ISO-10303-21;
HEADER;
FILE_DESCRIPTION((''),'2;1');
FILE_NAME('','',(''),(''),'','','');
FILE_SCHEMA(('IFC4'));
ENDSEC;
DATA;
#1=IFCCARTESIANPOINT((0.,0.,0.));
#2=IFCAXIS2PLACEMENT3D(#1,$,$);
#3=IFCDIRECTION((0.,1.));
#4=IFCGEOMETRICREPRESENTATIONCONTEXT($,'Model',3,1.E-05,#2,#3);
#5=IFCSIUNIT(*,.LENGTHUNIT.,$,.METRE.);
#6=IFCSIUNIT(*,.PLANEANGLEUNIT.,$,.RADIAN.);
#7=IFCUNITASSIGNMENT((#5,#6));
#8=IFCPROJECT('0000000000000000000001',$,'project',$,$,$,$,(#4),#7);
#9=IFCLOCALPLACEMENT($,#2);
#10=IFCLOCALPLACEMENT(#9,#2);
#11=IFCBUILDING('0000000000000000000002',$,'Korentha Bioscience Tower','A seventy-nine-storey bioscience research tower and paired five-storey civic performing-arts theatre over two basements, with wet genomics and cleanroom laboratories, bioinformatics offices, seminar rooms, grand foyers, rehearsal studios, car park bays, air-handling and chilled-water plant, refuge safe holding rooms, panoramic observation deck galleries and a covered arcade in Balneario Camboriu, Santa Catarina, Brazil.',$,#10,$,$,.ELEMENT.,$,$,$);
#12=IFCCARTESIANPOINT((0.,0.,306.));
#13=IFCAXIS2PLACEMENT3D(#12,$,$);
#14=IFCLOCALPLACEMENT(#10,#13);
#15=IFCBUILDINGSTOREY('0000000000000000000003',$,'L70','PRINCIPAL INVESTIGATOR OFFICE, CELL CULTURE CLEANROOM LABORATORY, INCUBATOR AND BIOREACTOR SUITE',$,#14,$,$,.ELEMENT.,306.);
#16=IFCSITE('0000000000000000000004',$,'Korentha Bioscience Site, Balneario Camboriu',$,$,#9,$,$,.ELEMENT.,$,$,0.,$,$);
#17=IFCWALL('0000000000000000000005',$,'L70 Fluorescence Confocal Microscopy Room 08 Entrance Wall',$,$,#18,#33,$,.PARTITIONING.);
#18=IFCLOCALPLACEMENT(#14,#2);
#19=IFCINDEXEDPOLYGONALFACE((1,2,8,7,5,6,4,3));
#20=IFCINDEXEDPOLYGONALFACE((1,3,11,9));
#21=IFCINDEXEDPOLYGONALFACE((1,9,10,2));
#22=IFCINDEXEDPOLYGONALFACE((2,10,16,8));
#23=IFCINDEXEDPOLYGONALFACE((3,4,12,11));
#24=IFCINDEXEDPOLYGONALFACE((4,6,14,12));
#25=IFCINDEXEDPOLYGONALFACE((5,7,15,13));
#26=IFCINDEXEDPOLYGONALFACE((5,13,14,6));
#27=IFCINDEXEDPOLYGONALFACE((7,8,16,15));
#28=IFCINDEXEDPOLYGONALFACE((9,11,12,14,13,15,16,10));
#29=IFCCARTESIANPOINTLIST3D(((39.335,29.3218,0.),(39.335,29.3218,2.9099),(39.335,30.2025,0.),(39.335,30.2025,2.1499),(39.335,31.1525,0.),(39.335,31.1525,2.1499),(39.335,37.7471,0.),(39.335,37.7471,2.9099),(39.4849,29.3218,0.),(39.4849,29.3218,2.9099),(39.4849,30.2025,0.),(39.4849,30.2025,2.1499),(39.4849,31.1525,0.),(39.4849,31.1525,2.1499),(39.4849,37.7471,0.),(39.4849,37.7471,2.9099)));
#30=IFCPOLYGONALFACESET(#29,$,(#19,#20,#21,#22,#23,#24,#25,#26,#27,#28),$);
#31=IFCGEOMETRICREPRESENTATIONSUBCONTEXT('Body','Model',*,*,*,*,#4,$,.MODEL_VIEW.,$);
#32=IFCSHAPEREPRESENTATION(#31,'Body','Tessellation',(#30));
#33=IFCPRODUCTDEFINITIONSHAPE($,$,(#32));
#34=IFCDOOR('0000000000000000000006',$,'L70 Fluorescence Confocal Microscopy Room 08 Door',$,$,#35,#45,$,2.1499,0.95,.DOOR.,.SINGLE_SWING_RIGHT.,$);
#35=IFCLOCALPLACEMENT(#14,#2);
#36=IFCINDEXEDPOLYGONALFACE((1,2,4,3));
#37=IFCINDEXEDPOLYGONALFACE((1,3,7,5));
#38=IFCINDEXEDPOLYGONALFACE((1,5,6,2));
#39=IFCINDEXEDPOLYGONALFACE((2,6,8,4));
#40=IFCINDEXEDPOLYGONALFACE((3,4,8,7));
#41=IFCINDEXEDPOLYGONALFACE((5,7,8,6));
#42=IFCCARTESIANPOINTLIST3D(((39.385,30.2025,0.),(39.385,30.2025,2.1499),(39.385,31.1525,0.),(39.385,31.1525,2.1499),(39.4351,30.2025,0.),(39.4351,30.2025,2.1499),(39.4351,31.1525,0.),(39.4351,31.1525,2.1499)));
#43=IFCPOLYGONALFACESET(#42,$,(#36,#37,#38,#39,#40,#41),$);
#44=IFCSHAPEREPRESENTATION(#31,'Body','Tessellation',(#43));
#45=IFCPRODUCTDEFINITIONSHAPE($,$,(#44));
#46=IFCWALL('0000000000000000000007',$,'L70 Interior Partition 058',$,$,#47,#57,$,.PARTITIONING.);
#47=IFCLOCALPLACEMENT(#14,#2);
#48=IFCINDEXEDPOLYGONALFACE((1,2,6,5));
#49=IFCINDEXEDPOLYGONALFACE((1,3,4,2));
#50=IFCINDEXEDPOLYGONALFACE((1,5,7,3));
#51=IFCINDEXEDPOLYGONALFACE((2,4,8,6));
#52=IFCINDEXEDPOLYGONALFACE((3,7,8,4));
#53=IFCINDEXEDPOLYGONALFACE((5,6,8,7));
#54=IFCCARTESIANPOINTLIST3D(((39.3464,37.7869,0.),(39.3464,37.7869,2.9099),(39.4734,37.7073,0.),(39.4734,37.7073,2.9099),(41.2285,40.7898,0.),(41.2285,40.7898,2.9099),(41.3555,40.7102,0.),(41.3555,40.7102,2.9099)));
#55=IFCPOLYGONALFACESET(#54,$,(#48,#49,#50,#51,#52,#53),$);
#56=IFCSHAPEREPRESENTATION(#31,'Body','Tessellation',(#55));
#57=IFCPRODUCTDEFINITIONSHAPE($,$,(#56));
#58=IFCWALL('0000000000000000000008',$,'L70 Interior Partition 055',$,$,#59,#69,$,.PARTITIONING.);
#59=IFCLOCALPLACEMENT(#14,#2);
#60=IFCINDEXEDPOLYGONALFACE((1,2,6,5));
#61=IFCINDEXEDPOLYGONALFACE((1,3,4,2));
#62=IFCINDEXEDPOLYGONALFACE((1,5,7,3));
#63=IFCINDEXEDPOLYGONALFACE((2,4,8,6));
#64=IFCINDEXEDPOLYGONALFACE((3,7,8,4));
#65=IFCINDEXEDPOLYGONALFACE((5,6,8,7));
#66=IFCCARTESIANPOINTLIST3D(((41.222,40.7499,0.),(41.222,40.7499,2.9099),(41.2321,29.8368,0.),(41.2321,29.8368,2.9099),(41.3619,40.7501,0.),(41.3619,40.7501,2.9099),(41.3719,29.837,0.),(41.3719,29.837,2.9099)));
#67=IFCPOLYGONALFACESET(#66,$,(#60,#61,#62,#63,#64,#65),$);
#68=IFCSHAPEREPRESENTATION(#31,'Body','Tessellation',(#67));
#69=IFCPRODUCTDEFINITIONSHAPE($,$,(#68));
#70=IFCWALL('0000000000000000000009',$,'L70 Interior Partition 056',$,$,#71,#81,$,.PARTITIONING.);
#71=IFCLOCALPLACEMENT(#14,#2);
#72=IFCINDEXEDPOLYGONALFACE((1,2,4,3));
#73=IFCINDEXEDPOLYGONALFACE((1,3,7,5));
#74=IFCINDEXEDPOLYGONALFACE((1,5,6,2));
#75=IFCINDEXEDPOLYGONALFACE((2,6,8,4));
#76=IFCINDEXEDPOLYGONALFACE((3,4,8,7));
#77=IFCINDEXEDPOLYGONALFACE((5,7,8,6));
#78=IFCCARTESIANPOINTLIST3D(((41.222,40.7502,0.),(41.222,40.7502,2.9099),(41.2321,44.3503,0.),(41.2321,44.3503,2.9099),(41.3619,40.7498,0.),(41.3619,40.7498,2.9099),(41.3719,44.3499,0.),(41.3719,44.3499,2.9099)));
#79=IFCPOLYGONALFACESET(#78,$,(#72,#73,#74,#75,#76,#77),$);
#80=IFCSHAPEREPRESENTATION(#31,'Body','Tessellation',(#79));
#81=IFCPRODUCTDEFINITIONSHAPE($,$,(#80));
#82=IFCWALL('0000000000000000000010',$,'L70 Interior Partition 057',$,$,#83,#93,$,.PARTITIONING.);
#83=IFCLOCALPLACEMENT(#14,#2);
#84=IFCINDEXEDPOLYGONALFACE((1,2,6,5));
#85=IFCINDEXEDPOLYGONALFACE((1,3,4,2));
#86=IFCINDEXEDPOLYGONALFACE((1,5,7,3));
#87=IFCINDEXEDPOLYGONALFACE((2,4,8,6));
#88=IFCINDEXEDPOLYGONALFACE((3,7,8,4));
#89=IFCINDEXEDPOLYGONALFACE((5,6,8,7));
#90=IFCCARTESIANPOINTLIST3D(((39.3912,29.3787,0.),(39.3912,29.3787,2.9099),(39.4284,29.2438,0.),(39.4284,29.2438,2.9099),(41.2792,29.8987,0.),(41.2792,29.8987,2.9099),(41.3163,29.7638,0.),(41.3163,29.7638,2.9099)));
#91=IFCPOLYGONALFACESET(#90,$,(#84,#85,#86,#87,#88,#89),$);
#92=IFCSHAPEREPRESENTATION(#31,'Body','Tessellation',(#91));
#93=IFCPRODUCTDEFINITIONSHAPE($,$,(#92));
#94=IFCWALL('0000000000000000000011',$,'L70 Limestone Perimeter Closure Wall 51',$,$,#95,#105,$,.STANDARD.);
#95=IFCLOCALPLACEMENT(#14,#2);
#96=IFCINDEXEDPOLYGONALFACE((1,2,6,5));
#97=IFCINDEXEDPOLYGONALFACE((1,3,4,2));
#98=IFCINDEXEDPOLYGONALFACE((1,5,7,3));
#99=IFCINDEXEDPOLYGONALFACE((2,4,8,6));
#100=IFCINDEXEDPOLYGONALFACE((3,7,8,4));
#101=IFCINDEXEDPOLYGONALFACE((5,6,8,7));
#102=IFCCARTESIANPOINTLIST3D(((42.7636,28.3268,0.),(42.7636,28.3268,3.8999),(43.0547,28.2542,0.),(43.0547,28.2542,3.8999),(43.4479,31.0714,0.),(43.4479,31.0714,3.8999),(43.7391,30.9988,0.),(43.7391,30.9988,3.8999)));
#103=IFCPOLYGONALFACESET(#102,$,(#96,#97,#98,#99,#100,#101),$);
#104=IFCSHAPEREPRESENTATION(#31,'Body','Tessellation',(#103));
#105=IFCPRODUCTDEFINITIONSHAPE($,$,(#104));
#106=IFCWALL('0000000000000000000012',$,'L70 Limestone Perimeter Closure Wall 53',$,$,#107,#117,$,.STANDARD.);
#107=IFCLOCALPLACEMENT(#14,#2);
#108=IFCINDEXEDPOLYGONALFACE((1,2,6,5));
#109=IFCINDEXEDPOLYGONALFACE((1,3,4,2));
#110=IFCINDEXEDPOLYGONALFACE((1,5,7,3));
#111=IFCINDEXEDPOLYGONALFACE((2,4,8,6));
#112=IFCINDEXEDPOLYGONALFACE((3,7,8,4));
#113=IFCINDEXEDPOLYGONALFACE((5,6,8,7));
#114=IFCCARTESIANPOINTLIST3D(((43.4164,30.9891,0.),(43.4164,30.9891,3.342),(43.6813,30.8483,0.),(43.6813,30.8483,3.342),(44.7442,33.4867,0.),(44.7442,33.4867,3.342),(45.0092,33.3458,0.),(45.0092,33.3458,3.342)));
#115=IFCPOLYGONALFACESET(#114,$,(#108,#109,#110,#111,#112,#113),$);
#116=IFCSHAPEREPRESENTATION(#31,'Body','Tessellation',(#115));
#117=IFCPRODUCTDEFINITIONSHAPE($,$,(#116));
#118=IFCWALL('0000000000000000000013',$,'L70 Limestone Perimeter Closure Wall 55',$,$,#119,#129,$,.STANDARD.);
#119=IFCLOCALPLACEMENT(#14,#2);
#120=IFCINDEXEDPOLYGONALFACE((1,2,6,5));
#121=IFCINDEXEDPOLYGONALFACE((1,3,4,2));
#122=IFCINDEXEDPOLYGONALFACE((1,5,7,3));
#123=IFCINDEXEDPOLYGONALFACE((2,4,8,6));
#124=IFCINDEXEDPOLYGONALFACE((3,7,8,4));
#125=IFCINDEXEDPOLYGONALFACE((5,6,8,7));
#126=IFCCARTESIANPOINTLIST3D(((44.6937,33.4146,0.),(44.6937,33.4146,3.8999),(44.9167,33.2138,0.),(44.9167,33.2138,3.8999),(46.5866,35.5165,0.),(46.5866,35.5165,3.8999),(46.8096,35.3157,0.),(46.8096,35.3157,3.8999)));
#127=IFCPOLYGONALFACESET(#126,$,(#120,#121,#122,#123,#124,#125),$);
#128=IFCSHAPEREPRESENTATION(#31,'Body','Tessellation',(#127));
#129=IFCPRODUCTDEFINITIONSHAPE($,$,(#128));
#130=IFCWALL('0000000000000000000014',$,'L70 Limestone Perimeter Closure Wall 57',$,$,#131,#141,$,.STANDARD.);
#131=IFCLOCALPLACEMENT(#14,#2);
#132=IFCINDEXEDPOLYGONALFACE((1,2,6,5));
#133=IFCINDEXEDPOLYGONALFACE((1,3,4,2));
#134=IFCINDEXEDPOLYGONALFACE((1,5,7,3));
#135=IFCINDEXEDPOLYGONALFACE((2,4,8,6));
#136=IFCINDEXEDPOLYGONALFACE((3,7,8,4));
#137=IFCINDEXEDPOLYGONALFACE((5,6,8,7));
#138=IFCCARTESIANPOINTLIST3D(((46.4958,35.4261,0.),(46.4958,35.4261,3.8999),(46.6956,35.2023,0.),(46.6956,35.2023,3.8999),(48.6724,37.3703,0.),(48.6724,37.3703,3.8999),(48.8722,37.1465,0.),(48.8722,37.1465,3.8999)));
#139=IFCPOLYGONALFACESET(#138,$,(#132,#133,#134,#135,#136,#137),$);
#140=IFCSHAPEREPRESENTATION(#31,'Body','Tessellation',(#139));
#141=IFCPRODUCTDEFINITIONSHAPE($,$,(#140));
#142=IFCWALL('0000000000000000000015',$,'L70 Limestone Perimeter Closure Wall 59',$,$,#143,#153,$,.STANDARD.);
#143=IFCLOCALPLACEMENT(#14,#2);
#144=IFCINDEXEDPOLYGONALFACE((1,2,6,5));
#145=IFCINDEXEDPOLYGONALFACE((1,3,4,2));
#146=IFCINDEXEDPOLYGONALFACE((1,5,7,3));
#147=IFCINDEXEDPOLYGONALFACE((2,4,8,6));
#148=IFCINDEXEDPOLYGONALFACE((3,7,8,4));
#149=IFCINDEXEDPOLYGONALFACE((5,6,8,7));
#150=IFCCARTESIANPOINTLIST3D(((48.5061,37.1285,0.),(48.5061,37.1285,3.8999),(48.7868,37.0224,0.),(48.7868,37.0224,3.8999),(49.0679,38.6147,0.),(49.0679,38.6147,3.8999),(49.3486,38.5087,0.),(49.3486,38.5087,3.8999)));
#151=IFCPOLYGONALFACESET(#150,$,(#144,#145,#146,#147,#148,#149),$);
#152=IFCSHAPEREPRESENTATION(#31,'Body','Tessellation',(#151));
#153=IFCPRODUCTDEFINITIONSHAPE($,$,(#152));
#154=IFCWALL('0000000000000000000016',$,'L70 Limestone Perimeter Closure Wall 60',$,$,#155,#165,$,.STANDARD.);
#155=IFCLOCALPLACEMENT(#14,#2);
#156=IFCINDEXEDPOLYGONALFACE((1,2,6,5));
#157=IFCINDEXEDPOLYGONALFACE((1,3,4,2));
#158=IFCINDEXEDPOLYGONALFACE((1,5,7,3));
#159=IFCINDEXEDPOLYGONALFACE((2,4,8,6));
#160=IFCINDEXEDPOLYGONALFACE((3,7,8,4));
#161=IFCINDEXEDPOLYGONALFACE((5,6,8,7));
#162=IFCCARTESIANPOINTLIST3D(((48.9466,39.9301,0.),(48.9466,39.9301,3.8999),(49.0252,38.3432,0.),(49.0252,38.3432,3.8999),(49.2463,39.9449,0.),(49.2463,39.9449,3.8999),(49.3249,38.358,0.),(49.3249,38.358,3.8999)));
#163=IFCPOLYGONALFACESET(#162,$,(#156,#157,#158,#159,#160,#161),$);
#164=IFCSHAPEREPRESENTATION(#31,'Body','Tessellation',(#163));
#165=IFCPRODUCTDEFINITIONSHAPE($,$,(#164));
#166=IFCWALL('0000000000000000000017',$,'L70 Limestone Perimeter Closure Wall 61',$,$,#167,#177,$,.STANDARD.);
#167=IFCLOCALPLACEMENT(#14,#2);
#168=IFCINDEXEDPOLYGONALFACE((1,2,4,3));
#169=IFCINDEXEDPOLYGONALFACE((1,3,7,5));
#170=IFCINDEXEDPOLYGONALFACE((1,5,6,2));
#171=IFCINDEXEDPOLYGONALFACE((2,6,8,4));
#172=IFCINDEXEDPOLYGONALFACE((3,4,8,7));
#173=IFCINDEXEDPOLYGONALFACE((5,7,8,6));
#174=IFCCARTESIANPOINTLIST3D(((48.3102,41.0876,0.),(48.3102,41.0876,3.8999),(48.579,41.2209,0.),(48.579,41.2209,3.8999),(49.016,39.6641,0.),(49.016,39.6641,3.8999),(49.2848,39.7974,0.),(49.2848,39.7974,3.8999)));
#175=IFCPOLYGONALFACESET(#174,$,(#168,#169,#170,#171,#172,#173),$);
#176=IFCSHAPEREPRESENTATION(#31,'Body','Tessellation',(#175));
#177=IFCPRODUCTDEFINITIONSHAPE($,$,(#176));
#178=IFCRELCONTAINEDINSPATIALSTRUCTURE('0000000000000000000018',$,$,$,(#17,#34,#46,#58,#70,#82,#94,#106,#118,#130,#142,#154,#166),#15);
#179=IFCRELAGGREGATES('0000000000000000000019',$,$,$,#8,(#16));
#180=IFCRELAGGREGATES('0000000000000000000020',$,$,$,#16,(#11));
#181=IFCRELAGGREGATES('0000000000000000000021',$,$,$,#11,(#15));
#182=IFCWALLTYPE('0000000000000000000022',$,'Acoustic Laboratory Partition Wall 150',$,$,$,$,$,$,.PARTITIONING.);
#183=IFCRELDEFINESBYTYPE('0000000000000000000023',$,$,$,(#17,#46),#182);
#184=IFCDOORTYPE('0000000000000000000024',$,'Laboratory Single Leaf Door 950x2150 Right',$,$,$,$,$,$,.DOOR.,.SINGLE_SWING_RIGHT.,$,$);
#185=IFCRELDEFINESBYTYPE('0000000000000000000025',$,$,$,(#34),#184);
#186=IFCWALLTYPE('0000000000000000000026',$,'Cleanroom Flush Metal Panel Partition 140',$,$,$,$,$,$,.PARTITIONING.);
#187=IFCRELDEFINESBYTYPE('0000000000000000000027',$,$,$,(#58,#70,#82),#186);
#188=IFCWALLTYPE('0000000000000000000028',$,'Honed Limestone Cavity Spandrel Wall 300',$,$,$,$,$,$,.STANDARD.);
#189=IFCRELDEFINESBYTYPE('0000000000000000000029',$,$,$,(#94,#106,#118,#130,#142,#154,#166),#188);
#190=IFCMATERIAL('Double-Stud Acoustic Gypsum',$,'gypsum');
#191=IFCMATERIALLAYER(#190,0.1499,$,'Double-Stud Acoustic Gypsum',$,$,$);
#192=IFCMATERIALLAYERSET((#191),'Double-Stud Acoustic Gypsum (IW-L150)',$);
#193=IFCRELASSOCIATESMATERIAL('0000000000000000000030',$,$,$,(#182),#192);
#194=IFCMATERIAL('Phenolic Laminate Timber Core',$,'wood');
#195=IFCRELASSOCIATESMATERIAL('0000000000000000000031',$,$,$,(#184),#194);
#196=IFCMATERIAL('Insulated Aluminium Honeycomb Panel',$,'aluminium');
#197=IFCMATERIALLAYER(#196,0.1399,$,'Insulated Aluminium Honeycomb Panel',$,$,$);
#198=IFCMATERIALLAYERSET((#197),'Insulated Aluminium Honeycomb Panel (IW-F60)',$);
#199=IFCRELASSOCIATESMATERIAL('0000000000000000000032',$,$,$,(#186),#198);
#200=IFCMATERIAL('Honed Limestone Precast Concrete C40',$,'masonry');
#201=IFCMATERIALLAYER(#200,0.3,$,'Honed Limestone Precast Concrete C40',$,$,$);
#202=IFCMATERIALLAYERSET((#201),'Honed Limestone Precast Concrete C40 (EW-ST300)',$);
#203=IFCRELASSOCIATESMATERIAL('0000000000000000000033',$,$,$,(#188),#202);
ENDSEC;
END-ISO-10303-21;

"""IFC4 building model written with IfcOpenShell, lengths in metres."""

from ifc_helpers import new_model, si_unit, direction, frame, frame_2d, origin, place, context, subcontext, project, spatial, rectangle, extrude, material, layer, layer_set, type_object, element, fill, save


model = new_model("IFC4")

# Units and contexts
model_context = context("Model", 3, precision=1e-05, world=origin(), true_north=direction((0.0, 1.0)))
body_context = subcontext(model_context, "Body", "Model", "MODEL_VIEW")
ifc_project = project(units=[si_unit("LENGTHUNIT", "METRE"), si_unit("PLANEANGLEUNIT", "RADIAN")], contexts=[model_context])

# Site, building, storey
site_placement = place(None, origin())
site = spatial("IfcSite", under=ifc_project, at=site_placement, Name="Korentha Bioscience Site, Balneario Camboriu", CompositionType="ELEMENT", RefElevation=0.0)
building_placement = place(site_placement, origin())
building = spatial("IfcBuilding", under=site, at=building_placement, Name="Korentha Bioscience Tower", Description="A seventy-nine-storey bioscience research tower and paired five-storey civic performing-arts theatre over two basements, with wet genomics and cleanroom laboratories, bioinformatics offices, seminar rooms, grand foyers, rehearsal studios, car park bays, air-handling and chilled-water plant, refuge safe holding rooms, panoramic observation deck galleries and a covered arcade in Balneario Camboriu, Santa Catarina, Brazil.", CompositionType="ELEMENT")
storey_placement = place(building_placement, frame((0.0, 0.0, 306.0)))
storey = spatial("IfcBuildingStorey", under=building, at=storey_placement, Name="L70", Description="PRINCIPAL INVESTIGATOR OFFICE, CELL CULTURE CLEANROOM LABORATORY, INCUBATOR AND BIOREACTOR SUITE", CompositionType="ELEMENT", Elevation=306.0)

# Wall, opening, door
ifc_material_1 = material(Name="Double-Stud Acoustic Gypsum", Category="gypsum")
ifc_layer_1 = layer(ifc_material_1, 0.1499, Name="Double-Stud Acoustic Gypsum")
ifc_layer_set_1 = layer_set([ifc_layer_1], Name="Double-Stud Acoustic Gypsum (IW-L150)")
wall_type_1 = type_object("IfcWallType", Name="Acoustic Laboratory Partition Wall 150", PredefinedType="PARTITIONING", material=ifc_layer_set_1)
wall_1_placement = place(storey_placement, frame((39.4099, 29.3218, 0.0), z_axis=(0.0, 0.0, 1.0), x_axis=(0.0, 1.0, 0.0)))
wall_1 = element("IfcWall", 1, at=wall_1_placement, inside=storey, type_object=wall_type_1, Name="L70 Fluorescence Confocal Microscopy Room 08 Entrance Wall", PredefinedType="PARTITIONING", context=body_context, shape_type="SweptSolid", body=[
    extrude(rectangle(XDim=8.4253, YDim=0.1499, at=frame_2d((4.2126, 0.0))), origin(), (0.0, 0.0, 1.0), 2.9099),
])
opening_1_placement = place(wall_1_placement, frame((0.8806, 0.0, 0.0)))
opening_1 = element("IfcOpeningElement", 2, at=opening_1_placement, cuts=wall_1, PredefinedType="OPENING", context=body_context, shape_type="SweptSolid", body=[
    extrude(rectangle(XDim=0.95, YDim=2.1499, at=frame_2d((0.4751, 1.075))), frame((0.0, 0.0898, 0.0), z_axis=(0.0, -1.0, 0.0), x_axis=(1.0, 0.0, 0.0)), (0.0, 0.0, 1.0), 0.1797),
])
ifc_material_2 = material(Name="Phenolic Laminate Timber Core", Category="wood")
door_type_1 = type_object("IfcDoorType", Name="Laboratory Single Leaf Door 950x2150 Right", OperationType="SINGLE_SWING_RIGHT", PredefinedType="DOOR", material=ifc_material_2)
door_1_placement = place(opening_1_placement, origin())
door_1 = element("IfcDoor", 3, at=door_1_placement, inside=storey, type_object=door_type_1, Name="L70 Fluorescence Confocal Microscopy Room 08 Door", OperationType="SINGLE_SWING_RIGHT", OverallHeight=2.1499, OverallWidth=0.95, PredefinedType="DOOR", context=body_context, shape_type="SweptSolid", body=[
    extrude(rectangle(XDim=0.95, YDim=2.1499, at=frame_2d((0.4751, 1.075))), frame((0.0, 0.0249, 0.0), z_axis=(0.0, -1.0, 0.0), x_axis=(1.0, 0.0, 0.0)), (0.0, 0.0, 1.0), 0.05),
])
fill(opening_1, door_1)

# Wall
wall_2_placement = place(storey_placement, frame((39.4099, 37.7471, 0.0), z_axis=(0.0, 0.0, 1.0), x_axis=(0.531064, 0.847332, 0.0)))
element("IfcWall", 4, at=wall_2_placement, inside=storey, type_object=wall_type_1, Name="L70 Interior Partition 058", PredefinedType="PARTITIONING", context=body_context, shape_type="SweptSolid", body=[
    extrude(rectangle(XDim=3.5439, YDim=0.1499, at=frame_2d((1.772, 0.0))), origin(), (0.0, 0.0, 1.0), 2.9099),
])

# Shared definitions
ifc_material_3 = material(Name="Insulated Aluminium Honeycomb Panel", Category="aluminium")
ifc_layer_2 = layer(ifc_material_3, 0.1399, Name="Insulated Aluminium Honeycomb Panel")
ifc_layer_set_2 = layer_set([ifc_layer_2], Name="Insulated Aluminium Honeycomb Panel (IW-F60)")
wall_type_2 = type_object("IfcWallType", Name="Cleanroom Flush Metal Panel Partition 140", PredefinedType="PARTITIONING", material=ifc_layer_set_2)

# Walls
wall_3_placement = place(storey_placement, frame((41.302, 29.8369, 0.0), z_axis=(0.0, 0.0, 1.0), x_axis=(-0.000917, 1.0, 0.0)))
element("IfcWall", 5, at=wall_3_placement, inside=storey, type_object=wall_type_2, Name="L70 Interior Partition 055", PredefinedType="PARTITIONING", context=body_context, shape_type="SweptSolid", body=[
    extrude(rectangle(XDim=10.9131, YDim=0.1399, at=frame_2d((5.4565, 0.0))), origin(), (0.0, 0.0, 1.0), 2.9099),
])
wall_4_placement = place(storey_placement, frame((41.292, 40.75, 0.0), z_axis=(0.0, 0.0, 1.0), x_axis=(0.00278, 0.999996, 0.0)))
element("IfcWall", 6, at=wall_4_placement, inside=storey, type_object=wall_type_2, Name="L70 Interior Partition 056", PredefinedType="PARTITIONING", context=body_context, shape_type="SweptSolid", body=[
    extrude(rectangle(XDim=3.6001, YDim=0.1399, at=frame_2d((1.8, 0.0))), origin(), (0.0, 0.0, 1.0), 2.9099),
])
wall_5_placement = place(storey_placement, frame((39.4099, 29.3113, 0.0), z_axis=(0.0, 0.0, 1.0), x_axis=(0.964096, 0.265553, 0.0)))
element("IfcWall", 7, at=wall_5_placement, inside=storey, type_object=wall_type_2, Name="L70 Interior Partition 057", PredefinedType="PARTITIONING", context=body_context, shape_type="SweptSolid", body=[
    extrude(rectangle(XDim=1.9583, YDim=0.1399, at=frame_2d((0.979, 0.0))), origin(), (0.0, 0.0, 1.0), 2.9099),
])
ifc_material_4 = material(Name="Honed Limestone Precast Concrete C40", Category="masonry")
ifc_layer_3 = layer(ifc_material_4, 0.3, Name="Honed Limestone Precast Concrete C40")
ifc_layer_set_3 = layer_set([ifc_layer_3], Name="Honed Limestone Precast Concrete C40 (EW-ST300)")
wall_type_3 = type_object("IfcWallType", Name="Honed Limestone Cavity Spandrel Wall 300", PredefinedType="STANDARD", material=ifc_layer_set_3)
wall_6_placement = place(storey_placement, frame((42.9092, 28.2905, 0.0), z_axis=(0.0, 0.0, 1.0), x_axis=(0.241926, 0.970295, 0.0)))
element("IfcWall", 8, at=wall_6_placement, inside=storey, type_object=wall_type_3, Name="L70 Limestone Perimeter Closure Wall 51", PredefinedType="STANDARD", context=body_context, shape_type="SweptSolid", body=[
    extrude(rectangle(XDim=2.8286, YDim=0.3, at=frame_2d((1.4143, 0.0))), origin(), (0.0, 0.0, 1.0), 3.8999),
])
wall_7_placement = place(storey_placement, frame((43.5488, 30.9187, 0.0), z_axis=(0.0, 0.0, 1.0), x_axis=(0.469445, 0.882961, 0.0)))
element("IfcWall", 9, at=wall_7_placement, inside=storey, type_object=wall_type_3, Name="L70 Limestone Perimeter Closure Wall 53", PredefinedType="STANDARD", context=body_context, shape_type="SweptSolid", body=[
    extrude(rectangle(XDim=2.8286, YDim=0.3, at=frame_2d((1.4143, 0.0))), origin(), (0.0, 0.0, 1.0), 3.342),
])
wall_8_placement = place(storey_placement, frame((44.8052, 33.3142, 0.0), z_axis=(0.0, 0.0, 1.0), x_axis=(0.669198, 0.743084, 0.0)))
element("IfcWall", 10, at=wall_8_placement, inside=storey, type_object=wall_type_3, Name="L70 Limestone Perimeter Closure Wall 55", PredefinedType="STANDARD", context=body_context, shape_type="SweptSolid", body=[
    extrude(rectangle(XDim=2.8286, YDim=0.3, at=frame_2d((1.4143, 0.0))), origin(), (0.0, 0.0, 1.0), 3.8999),
])
wall_9_placement = place(storey_placement, frame((46.5957, 35.3142, 0.0), z_axis=(0.0, 0.0, 1.0), x_axis=(0.745806, 0.666164, 0.0)))
element("IfcWall", 11, at=wall_9_placement, inside=storey, type_object=wall_type_3, Name="L70 Limestone Perimeter Closure Wall 57", PredefinedType="STANDARD", context=body_context, shape_type="SweptSolid", body=[
    extrude(rectangle(XDim=2.9185, YDim=0.3, at=frame_2d((1.4592, 0.0))), origin(), (0.0, 0.0, 1.0), 3.8999),
])
for number, where, z_axis, x_axis, name in (
    (12, (48.6465, 37.0754, 0.0), (0.0, 0.0, 1.0), (0.353547, 0.935417, 0.0), "L70 Limestone Perimeter Closure Wall 59"),
    (13, (49.175, 38.3506, 0.0), (0.0, 0.0, 1.0), (-0.049478, 0.998775, 0.0), "L70 Limestone Perimeter Closure Wall 60"),
    (14, (49.1504, 39.7307, 0.0), (0.0, 0.0, 1.0), (-0.4442, 0.895928, 0.0), "L70 Limestone Perimeter Closure Wall 61"),
):
    element("IfcWall", number, at=place(storey_placement, frame(where, z_axis=z_axis, x_axis=x_axis)), inside=storey, type_object=wall_type_3, Name=name, PredefinedType="STANDARD", context=body_context, shape_type="SweptSolid", body=[
        extrude(rectangle(XDim=1.5889, YDim=0.3, at=frame_2d((0.7944, 0.0))), origin(), (0.0, 0.0, 1.0), 3.8999),
    ])

save(model, "model.ifc")
